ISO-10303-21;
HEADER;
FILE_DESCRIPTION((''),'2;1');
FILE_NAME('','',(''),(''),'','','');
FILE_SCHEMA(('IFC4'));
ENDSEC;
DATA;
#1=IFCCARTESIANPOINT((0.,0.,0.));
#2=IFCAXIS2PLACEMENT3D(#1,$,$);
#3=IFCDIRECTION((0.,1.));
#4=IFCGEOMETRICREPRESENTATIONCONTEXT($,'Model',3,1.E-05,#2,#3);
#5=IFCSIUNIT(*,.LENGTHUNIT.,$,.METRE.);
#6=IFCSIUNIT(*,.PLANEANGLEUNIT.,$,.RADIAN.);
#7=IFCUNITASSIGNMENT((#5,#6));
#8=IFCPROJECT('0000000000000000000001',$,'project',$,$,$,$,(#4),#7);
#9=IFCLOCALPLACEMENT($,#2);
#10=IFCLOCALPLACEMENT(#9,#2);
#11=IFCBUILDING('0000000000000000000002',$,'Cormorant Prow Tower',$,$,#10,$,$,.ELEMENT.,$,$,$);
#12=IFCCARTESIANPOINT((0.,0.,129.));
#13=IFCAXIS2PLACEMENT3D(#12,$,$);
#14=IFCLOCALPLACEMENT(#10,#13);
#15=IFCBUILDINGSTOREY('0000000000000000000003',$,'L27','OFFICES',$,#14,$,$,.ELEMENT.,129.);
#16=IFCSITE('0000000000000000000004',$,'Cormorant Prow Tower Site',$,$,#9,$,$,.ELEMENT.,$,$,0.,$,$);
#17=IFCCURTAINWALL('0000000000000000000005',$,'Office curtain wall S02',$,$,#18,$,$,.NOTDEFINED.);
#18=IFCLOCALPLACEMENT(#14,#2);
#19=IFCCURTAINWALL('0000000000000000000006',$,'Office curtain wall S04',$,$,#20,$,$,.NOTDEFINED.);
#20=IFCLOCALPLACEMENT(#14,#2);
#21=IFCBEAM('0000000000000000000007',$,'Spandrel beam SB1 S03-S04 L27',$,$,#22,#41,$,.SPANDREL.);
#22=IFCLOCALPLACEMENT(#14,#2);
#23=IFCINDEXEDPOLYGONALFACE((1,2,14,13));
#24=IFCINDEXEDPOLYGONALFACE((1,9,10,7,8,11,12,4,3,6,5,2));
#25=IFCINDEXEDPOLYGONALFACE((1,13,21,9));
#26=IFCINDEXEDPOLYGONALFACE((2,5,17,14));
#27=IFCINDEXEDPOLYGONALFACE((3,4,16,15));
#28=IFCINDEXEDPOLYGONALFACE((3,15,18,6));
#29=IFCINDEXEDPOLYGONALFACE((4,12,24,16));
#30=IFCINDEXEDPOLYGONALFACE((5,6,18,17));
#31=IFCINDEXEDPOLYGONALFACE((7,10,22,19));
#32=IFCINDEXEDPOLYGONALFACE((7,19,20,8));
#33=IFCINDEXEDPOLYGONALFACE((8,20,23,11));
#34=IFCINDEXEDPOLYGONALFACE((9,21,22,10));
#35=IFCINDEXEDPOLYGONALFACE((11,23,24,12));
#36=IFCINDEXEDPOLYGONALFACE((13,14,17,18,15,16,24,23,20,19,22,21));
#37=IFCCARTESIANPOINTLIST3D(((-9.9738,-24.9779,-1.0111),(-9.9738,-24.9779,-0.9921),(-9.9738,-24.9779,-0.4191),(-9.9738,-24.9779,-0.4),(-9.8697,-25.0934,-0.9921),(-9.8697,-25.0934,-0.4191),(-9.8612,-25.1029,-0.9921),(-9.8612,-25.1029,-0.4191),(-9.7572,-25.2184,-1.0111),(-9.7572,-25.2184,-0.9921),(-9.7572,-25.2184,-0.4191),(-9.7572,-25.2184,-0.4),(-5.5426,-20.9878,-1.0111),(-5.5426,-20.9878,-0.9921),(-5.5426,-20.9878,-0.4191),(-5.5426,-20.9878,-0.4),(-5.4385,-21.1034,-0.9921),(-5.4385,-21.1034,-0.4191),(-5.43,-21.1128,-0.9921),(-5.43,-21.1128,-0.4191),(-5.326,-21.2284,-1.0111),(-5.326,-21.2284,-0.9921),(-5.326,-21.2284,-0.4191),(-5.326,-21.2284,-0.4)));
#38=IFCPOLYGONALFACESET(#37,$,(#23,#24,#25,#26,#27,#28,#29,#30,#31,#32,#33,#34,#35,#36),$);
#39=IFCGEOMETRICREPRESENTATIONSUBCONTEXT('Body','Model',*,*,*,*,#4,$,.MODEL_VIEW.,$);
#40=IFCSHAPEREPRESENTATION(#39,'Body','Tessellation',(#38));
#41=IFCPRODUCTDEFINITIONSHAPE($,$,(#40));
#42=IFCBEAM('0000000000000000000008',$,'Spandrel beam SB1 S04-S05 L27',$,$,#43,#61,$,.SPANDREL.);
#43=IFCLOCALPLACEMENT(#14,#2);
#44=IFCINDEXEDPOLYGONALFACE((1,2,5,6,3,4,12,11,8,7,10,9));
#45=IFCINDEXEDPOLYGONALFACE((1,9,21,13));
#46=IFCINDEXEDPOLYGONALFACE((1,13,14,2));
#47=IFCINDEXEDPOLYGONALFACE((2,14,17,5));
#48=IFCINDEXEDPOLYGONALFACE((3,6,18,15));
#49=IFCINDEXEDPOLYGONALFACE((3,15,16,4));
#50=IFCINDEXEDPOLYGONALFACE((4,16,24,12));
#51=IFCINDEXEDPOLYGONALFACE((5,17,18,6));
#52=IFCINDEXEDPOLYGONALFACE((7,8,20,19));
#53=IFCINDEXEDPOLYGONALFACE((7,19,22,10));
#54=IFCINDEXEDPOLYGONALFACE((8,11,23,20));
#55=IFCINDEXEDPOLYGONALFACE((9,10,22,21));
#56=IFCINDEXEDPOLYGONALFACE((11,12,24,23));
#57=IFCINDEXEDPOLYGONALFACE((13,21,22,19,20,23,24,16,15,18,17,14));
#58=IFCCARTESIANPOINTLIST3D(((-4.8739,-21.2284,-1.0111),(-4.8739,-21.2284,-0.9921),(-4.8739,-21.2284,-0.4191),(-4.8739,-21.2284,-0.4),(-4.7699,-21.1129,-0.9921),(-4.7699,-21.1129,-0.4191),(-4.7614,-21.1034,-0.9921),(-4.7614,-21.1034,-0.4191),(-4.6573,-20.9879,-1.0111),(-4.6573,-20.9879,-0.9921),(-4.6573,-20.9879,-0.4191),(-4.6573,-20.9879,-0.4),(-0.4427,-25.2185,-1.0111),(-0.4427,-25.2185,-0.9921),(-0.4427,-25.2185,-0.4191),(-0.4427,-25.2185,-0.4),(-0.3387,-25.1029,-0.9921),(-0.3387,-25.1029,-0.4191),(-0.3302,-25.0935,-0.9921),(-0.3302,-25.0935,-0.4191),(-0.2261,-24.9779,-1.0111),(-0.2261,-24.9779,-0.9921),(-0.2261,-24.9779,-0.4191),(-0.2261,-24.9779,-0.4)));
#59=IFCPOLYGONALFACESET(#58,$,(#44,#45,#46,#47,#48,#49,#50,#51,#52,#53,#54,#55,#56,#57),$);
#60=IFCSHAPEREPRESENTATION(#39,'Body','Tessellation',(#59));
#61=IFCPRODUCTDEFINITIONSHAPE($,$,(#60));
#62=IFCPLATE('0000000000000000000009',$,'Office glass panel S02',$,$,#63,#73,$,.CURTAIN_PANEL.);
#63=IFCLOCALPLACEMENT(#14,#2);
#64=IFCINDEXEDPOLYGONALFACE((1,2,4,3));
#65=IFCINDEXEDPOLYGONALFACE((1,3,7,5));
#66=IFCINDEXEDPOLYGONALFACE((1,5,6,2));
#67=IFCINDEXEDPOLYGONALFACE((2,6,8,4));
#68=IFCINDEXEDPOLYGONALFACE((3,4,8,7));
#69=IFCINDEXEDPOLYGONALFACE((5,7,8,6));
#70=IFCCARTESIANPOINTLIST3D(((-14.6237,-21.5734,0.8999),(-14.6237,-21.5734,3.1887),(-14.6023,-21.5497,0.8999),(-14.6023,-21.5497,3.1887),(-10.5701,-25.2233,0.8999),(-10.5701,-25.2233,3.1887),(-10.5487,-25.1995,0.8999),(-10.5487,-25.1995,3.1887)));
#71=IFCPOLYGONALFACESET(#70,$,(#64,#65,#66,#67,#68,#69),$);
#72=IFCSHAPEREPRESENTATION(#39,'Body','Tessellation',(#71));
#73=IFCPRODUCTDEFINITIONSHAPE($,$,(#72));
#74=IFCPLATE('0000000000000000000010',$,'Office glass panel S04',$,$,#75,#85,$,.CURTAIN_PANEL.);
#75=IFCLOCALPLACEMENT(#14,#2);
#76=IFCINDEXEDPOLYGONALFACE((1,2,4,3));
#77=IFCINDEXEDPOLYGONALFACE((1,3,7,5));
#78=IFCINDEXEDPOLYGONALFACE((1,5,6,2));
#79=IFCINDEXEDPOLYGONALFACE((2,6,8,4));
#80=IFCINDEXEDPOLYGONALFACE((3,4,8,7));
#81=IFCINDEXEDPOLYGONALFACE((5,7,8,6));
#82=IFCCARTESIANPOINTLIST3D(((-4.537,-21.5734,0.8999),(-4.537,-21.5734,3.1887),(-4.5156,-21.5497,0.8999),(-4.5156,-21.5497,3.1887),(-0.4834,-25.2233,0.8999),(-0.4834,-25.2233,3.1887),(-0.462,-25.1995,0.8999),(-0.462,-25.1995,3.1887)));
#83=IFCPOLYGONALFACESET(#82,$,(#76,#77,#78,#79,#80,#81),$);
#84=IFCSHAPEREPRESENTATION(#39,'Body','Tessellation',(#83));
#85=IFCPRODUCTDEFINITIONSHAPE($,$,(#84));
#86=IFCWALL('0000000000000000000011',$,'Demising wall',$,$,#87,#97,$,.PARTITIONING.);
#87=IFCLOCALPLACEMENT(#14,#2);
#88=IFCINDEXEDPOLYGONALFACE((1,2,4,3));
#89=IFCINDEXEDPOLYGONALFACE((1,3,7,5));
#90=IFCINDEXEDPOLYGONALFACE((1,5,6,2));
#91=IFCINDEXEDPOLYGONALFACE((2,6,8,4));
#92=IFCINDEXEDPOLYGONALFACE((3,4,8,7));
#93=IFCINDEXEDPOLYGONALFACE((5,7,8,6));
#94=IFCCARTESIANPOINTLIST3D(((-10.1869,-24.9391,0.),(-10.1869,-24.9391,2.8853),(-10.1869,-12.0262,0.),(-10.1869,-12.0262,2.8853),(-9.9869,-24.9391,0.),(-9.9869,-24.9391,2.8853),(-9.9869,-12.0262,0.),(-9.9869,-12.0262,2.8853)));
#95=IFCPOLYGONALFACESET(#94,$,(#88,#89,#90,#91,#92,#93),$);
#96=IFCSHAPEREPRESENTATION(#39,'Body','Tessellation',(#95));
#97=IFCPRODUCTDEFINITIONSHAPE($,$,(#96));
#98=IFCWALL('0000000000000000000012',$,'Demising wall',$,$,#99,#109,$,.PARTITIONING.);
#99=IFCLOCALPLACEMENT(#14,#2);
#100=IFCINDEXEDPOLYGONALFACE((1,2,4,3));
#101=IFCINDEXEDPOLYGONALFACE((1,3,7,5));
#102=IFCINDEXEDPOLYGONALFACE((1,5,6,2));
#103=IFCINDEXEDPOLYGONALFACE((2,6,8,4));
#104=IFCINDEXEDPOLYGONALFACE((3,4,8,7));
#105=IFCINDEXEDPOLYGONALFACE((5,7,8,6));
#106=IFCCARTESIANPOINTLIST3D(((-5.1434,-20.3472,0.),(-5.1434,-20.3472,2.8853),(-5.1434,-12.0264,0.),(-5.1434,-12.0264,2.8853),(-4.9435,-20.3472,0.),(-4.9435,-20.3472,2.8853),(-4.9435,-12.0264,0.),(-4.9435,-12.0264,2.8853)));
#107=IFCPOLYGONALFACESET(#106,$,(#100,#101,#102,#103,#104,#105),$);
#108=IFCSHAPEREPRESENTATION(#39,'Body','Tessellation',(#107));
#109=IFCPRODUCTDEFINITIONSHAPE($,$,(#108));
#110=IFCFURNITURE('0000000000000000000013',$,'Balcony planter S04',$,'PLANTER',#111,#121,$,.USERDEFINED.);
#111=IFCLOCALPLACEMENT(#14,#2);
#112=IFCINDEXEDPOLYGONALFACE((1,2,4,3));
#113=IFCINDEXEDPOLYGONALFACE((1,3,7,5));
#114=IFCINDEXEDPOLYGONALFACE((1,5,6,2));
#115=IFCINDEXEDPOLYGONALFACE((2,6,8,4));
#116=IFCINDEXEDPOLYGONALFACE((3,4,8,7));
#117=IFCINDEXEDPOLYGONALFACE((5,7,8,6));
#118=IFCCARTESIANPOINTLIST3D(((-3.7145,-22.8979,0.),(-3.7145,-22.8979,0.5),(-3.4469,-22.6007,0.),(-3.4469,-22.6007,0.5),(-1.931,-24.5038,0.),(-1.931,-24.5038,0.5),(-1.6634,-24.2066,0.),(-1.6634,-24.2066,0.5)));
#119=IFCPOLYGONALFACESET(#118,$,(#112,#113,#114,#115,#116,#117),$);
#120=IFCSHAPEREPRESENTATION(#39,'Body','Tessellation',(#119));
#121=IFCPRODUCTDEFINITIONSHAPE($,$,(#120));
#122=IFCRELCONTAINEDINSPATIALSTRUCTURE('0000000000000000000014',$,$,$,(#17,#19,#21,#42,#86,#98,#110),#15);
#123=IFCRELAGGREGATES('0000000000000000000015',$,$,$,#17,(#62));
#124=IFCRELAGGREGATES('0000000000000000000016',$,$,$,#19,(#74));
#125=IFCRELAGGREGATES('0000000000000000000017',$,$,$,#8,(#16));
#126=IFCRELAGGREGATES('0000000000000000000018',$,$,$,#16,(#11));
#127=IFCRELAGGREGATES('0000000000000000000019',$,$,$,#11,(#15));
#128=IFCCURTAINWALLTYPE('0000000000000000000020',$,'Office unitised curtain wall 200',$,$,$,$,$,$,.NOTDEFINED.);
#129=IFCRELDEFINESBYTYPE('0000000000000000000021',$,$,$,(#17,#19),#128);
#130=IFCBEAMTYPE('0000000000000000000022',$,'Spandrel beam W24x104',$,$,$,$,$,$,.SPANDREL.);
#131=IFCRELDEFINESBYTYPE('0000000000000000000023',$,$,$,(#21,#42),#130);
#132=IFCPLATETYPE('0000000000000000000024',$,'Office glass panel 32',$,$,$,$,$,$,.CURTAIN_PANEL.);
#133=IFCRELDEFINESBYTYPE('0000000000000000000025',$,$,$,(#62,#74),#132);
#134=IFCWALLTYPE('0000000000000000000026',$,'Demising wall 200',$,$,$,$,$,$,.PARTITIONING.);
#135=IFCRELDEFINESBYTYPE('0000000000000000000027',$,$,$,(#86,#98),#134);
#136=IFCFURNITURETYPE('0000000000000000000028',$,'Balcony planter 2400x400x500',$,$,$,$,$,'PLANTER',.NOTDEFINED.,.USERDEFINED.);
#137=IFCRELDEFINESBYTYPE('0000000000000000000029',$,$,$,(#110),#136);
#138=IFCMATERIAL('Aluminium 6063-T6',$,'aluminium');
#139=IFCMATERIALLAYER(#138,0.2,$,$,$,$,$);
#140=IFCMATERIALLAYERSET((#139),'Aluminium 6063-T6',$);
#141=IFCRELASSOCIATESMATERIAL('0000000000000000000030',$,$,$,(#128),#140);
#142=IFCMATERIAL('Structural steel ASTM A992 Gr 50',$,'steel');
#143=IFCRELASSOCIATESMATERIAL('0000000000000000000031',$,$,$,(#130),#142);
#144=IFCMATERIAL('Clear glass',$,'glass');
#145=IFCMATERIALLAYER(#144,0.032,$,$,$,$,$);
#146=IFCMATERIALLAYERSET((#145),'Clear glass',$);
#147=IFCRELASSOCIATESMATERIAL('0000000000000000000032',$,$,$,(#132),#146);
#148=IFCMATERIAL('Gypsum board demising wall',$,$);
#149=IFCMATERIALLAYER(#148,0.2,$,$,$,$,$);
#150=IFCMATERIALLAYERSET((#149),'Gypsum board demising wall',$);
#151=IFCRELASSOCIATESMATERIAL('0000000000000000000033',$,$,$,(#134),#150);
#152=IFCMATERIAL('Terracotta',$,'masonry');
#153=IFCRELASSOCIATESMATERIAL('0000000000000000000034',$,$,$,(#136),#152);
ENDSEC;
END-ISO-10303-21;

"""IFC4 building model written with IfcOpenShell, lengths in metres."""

from ifc_helpers import new_model, si_unit, direction, frame, frame_2d, origin, origin_2d, place, context, subcontext, project, spatial, rectangle, i_section, extrude, material, layer, layer_set, material_profile, profile_set, type_object, element, aggregate, save


model = new_model("IFC4")

# Units and contexts
model_context = context("Model", 3, precision=1e-05, world=origin(), true_north=direction((0.0, 1.0)))
body_context = subcontext(model_context, "Body", "Model", "MODEL_VIEW")
ifc_project = project(units=[si_unit("LENGTHUNIT", "METRE"), si_unit("PLANEANGLEUNIT", "RADIAN")], contexts=[model_context])

# Site, building, storey
site_placement = place(None, origin())
site = spatial("IfcSite", under=ifc_project, at=site_placement, Name="Cormorant Prow Tower Site", CompositionType="ELEMENT", RefElevation=0.0)
building_placement = place(site_placement, origin())
building = spatial("IfcBuilding", under=site, at=building_placement, Name="Cormorant Prow Tower", CompositionType="ELEMENT")
storey_placement = place(building_placement, frame((0.0, 0.0, 129.0)))
storey = spatial("IfcBuildingStorey", under=building, at=storey_placement, Name="L27", Description="OFFICES", CompositionType="ELEMENT", Elevation=129.0)

# Curtain walls
ifc_material_1 = material(Name="Aluminium 6063-T6", Category="aluminium")
ifc_layer_1 = layer(ifc_material_1, 0.2)
ifc_layer_set_1 = layer_set([ifc_layer_1], Name="Aluminium 6063-T6")
curtain_wall_type = type_object("IfcCurtainWallType", Name="Office unitised curtain wall 200", PredefinedType="NOTDEFINED", material=ifc_layer_set_1)
curtain_wall_1_placement = place(storey_placement, origin())
curtain_wall_1 = element("IfcCurtainWall", 1, at=curtain_wall_1_placement, inside=storey, type_object=curtain_wall_type, Name="Office curtain wall S02", PredefinedType="NOTDEFINED")
curtain_wall_2_placement = place(storey_placement, origin())
curtain_wall_2 = element("IfcCurtainWall", 2, at=curtain_wall_2_placement, inside=storey, type_object=curtain_wall_type, Name="Office curtain wall S04", PredefinedType="NOTDEFINED")

# Beams
ifc_material_2 = material(Name="Structural steel ASTM A992 Gr 50", Category="steel")
ifc_material_profile_1 = material_profile(ifc_material_2, i_section(OverallWidth=0.3237, OverallDepth=0.6111, WebThickness=0.0127, FlangeThickness=0.019, at=origin_2d()), Name="W24x104")
ifc_profile_set_1 = profile_set([ifc_material_profile_1], Name="Structural steel ASTM A992 Gr 50")
beam_type_1 = type_object("IfcBeamType", Name="Spandrel beam W24x104", PredefinedType="SPANDREL", material=ifc_profile_set_1)
for number, where, z_axis, x_axis, name in (
    (3, (-9.8655, -25.0981, -0.7056), (0.743131, 0.669146, 0.0), (-0.669146, 0.743131, 0.0), "Spandrel beam SB1 S03-S04 L27"),
    (4, (-4.7656, -21.1082, -0.7056), (0.743131, -0.669146, 0.0), (0.669146, 0.743131, 0.0), "Spandrel beam SB1 S04-S05 L27"),
):
    element("IfcBeam", number, at=place(storey_placement, frame(where, z_axis=z_axis, x_axis=x_axis)), inside=storey, type_object=beam_type_1, Name=name, PredefinedType="SPANDREL", context=body_context, shape_type="SweptSolid", body=[
        extrude(i_section(OverallWidth=0.3237, OverallDepth=0.6111, WebThickness=0.0127, FlangeThickness=0.019, at=origin_2d()), origin(), (0.0, 0.0, 1.0), 5.9629),
    ])

# Plates
ifc_material_3 = material(Name="Clear glass", Category="glass")
ifc_layer_2 = layer(ifc_material_3, 0.032)
ifc_layer_set_2 = layer_set([ifc_layer_2], Name="Clear glass")
plate_type = type_object("IfcPlateType", Name="Office glass panel 32", PredefinedType="CURTAIN_PANEL", material=ifc_layer_set_2)
plate_1_placement = place(storey_placement, frame((-12.5862, -23.3865, 0.8999), z_axis=(0.0, 0.0, 1.0), x_axis=(0.743145, -0.669131, 0.0)))
plate_1 = element("IfcPlate", 5, at=plate_1_placement, type_object=plate_type, Name="Office glass panel S02", PredefinedType="CURTAIN_PANEL", context=body_context, shape_type="SweptSolid", body=[
    extrude(rectangle(XDim=5.4546, YDim=0.032, at=origin_2d()), origin(), (0.0, 0.0, 1.0), 2.2888),
])
aggregate(curtain_wall_1, [plate_1])
plate_2_placement = place(storey_placement, frame((-2.4995, -23.3865, 0.8999), z_axis=(0.0, 0.0, 1.0), x_axis=(0.743145, -0.669131, 0.0)))
plate_2 = element("IfcPlate", 6, at=plate_2_placement, type_object=plate_type, Name="Office glass panel S04", PredefinedType="CURTAIN_PANEL", context=body_context, shape_type="SweptSolid", body=[
    extrude(rectangle(XDim=5.4546, YDim=0.032, at=origin_2d()), origin(), (0.0, 0.0, 1.0), 2.2888),
])
aggregate(curtain_wall_2, [plate_2])

# Walls
ifc_material_4 = material(Name="Gypsum board demising wall")
ifc_layer_3 = layer(ifc_material_4, 0.2)
ifc_layer_set_3 = layer_set([ifc_layer_3], Name="Gypsum board demising wall")
wall_type_1 = type_object("IfcWallType", Name="Demising wall 200", PredefinedType="PARTITIONING", material=ifc_layer_set_3)
wall_1_placement = place(storey_placement, frame((-10.0869, -24.9392, 0.0), z_axis=(0.0, 0.0, 1.0), x_axis=(0.0, 1.0, 0.0)))
element("IfcWall", 7, at=wall_1_placement, inside=storey, type_object=wall_type_1, Name="Demising wall", PredefinedType="PARTITIONING", context=body_context, shape_type="SweptSolid", body=[
    extrude(rectangle(XDim=12.9128, YDim=0.2, at=frame_2d((6.4565, 0.0))), origin(), (0.0, 0.0, 1.0), 2.8853),
])
wall_2_placement = place(storey_placement, frame((-5.0435, -20.3472, 0.0), z_axis=(0.0, 0.0, 1.0), x_axis=(0.0, 1.0, 0.0)))
element("IfcWall", 8, at=wall_2_placement, inside=storey, type_object=wall_type_1, Name="Demising wall", PredefinedType="PARTITIONING", context=body_context, shape_type="SweptSolid", body=[
    extrude(rectangle(XDim=8.3208, YDim=0.2, at=frame_2d((4.1604, 0.0))), origin(), (0.0, 0.0, 1.0), 2.8853),
])

# Furniture
ifc_material_5 = material(Name="Terracotta", Category="masonry")
furniture_type = type_object("IfcFurnitureType", Name="Balcony planter 2400x400x500", ElementType="PLANTER", AssemblyPlace="NOTDEFINED", PredefinedType="USERDEFINED", material=ifc_material_5)
furniture_placement = place(storey_placement, frame((-2.689, -23.5522, 0.0), z_axis=(0.0, 0.0, 1.0), x_axis=(0.743145, -0.669131, 0.0)))
element("IfcFurniture", 9, at=furniture_placement, inside=storey, type_object=furniture_type, Name="Balcony planter S04", ObjectType="PLANTER", PredefinedType="USERDEFINED", context=body_context, shape_type="SweptSolid", body=[
    extrude(rectangle(XDim=2.3999, YDim=0.3999, at=origin_2d()), origin(), (0.0, 0.0, 1.0), 0.5),
])

save(model, "model.ifc")
